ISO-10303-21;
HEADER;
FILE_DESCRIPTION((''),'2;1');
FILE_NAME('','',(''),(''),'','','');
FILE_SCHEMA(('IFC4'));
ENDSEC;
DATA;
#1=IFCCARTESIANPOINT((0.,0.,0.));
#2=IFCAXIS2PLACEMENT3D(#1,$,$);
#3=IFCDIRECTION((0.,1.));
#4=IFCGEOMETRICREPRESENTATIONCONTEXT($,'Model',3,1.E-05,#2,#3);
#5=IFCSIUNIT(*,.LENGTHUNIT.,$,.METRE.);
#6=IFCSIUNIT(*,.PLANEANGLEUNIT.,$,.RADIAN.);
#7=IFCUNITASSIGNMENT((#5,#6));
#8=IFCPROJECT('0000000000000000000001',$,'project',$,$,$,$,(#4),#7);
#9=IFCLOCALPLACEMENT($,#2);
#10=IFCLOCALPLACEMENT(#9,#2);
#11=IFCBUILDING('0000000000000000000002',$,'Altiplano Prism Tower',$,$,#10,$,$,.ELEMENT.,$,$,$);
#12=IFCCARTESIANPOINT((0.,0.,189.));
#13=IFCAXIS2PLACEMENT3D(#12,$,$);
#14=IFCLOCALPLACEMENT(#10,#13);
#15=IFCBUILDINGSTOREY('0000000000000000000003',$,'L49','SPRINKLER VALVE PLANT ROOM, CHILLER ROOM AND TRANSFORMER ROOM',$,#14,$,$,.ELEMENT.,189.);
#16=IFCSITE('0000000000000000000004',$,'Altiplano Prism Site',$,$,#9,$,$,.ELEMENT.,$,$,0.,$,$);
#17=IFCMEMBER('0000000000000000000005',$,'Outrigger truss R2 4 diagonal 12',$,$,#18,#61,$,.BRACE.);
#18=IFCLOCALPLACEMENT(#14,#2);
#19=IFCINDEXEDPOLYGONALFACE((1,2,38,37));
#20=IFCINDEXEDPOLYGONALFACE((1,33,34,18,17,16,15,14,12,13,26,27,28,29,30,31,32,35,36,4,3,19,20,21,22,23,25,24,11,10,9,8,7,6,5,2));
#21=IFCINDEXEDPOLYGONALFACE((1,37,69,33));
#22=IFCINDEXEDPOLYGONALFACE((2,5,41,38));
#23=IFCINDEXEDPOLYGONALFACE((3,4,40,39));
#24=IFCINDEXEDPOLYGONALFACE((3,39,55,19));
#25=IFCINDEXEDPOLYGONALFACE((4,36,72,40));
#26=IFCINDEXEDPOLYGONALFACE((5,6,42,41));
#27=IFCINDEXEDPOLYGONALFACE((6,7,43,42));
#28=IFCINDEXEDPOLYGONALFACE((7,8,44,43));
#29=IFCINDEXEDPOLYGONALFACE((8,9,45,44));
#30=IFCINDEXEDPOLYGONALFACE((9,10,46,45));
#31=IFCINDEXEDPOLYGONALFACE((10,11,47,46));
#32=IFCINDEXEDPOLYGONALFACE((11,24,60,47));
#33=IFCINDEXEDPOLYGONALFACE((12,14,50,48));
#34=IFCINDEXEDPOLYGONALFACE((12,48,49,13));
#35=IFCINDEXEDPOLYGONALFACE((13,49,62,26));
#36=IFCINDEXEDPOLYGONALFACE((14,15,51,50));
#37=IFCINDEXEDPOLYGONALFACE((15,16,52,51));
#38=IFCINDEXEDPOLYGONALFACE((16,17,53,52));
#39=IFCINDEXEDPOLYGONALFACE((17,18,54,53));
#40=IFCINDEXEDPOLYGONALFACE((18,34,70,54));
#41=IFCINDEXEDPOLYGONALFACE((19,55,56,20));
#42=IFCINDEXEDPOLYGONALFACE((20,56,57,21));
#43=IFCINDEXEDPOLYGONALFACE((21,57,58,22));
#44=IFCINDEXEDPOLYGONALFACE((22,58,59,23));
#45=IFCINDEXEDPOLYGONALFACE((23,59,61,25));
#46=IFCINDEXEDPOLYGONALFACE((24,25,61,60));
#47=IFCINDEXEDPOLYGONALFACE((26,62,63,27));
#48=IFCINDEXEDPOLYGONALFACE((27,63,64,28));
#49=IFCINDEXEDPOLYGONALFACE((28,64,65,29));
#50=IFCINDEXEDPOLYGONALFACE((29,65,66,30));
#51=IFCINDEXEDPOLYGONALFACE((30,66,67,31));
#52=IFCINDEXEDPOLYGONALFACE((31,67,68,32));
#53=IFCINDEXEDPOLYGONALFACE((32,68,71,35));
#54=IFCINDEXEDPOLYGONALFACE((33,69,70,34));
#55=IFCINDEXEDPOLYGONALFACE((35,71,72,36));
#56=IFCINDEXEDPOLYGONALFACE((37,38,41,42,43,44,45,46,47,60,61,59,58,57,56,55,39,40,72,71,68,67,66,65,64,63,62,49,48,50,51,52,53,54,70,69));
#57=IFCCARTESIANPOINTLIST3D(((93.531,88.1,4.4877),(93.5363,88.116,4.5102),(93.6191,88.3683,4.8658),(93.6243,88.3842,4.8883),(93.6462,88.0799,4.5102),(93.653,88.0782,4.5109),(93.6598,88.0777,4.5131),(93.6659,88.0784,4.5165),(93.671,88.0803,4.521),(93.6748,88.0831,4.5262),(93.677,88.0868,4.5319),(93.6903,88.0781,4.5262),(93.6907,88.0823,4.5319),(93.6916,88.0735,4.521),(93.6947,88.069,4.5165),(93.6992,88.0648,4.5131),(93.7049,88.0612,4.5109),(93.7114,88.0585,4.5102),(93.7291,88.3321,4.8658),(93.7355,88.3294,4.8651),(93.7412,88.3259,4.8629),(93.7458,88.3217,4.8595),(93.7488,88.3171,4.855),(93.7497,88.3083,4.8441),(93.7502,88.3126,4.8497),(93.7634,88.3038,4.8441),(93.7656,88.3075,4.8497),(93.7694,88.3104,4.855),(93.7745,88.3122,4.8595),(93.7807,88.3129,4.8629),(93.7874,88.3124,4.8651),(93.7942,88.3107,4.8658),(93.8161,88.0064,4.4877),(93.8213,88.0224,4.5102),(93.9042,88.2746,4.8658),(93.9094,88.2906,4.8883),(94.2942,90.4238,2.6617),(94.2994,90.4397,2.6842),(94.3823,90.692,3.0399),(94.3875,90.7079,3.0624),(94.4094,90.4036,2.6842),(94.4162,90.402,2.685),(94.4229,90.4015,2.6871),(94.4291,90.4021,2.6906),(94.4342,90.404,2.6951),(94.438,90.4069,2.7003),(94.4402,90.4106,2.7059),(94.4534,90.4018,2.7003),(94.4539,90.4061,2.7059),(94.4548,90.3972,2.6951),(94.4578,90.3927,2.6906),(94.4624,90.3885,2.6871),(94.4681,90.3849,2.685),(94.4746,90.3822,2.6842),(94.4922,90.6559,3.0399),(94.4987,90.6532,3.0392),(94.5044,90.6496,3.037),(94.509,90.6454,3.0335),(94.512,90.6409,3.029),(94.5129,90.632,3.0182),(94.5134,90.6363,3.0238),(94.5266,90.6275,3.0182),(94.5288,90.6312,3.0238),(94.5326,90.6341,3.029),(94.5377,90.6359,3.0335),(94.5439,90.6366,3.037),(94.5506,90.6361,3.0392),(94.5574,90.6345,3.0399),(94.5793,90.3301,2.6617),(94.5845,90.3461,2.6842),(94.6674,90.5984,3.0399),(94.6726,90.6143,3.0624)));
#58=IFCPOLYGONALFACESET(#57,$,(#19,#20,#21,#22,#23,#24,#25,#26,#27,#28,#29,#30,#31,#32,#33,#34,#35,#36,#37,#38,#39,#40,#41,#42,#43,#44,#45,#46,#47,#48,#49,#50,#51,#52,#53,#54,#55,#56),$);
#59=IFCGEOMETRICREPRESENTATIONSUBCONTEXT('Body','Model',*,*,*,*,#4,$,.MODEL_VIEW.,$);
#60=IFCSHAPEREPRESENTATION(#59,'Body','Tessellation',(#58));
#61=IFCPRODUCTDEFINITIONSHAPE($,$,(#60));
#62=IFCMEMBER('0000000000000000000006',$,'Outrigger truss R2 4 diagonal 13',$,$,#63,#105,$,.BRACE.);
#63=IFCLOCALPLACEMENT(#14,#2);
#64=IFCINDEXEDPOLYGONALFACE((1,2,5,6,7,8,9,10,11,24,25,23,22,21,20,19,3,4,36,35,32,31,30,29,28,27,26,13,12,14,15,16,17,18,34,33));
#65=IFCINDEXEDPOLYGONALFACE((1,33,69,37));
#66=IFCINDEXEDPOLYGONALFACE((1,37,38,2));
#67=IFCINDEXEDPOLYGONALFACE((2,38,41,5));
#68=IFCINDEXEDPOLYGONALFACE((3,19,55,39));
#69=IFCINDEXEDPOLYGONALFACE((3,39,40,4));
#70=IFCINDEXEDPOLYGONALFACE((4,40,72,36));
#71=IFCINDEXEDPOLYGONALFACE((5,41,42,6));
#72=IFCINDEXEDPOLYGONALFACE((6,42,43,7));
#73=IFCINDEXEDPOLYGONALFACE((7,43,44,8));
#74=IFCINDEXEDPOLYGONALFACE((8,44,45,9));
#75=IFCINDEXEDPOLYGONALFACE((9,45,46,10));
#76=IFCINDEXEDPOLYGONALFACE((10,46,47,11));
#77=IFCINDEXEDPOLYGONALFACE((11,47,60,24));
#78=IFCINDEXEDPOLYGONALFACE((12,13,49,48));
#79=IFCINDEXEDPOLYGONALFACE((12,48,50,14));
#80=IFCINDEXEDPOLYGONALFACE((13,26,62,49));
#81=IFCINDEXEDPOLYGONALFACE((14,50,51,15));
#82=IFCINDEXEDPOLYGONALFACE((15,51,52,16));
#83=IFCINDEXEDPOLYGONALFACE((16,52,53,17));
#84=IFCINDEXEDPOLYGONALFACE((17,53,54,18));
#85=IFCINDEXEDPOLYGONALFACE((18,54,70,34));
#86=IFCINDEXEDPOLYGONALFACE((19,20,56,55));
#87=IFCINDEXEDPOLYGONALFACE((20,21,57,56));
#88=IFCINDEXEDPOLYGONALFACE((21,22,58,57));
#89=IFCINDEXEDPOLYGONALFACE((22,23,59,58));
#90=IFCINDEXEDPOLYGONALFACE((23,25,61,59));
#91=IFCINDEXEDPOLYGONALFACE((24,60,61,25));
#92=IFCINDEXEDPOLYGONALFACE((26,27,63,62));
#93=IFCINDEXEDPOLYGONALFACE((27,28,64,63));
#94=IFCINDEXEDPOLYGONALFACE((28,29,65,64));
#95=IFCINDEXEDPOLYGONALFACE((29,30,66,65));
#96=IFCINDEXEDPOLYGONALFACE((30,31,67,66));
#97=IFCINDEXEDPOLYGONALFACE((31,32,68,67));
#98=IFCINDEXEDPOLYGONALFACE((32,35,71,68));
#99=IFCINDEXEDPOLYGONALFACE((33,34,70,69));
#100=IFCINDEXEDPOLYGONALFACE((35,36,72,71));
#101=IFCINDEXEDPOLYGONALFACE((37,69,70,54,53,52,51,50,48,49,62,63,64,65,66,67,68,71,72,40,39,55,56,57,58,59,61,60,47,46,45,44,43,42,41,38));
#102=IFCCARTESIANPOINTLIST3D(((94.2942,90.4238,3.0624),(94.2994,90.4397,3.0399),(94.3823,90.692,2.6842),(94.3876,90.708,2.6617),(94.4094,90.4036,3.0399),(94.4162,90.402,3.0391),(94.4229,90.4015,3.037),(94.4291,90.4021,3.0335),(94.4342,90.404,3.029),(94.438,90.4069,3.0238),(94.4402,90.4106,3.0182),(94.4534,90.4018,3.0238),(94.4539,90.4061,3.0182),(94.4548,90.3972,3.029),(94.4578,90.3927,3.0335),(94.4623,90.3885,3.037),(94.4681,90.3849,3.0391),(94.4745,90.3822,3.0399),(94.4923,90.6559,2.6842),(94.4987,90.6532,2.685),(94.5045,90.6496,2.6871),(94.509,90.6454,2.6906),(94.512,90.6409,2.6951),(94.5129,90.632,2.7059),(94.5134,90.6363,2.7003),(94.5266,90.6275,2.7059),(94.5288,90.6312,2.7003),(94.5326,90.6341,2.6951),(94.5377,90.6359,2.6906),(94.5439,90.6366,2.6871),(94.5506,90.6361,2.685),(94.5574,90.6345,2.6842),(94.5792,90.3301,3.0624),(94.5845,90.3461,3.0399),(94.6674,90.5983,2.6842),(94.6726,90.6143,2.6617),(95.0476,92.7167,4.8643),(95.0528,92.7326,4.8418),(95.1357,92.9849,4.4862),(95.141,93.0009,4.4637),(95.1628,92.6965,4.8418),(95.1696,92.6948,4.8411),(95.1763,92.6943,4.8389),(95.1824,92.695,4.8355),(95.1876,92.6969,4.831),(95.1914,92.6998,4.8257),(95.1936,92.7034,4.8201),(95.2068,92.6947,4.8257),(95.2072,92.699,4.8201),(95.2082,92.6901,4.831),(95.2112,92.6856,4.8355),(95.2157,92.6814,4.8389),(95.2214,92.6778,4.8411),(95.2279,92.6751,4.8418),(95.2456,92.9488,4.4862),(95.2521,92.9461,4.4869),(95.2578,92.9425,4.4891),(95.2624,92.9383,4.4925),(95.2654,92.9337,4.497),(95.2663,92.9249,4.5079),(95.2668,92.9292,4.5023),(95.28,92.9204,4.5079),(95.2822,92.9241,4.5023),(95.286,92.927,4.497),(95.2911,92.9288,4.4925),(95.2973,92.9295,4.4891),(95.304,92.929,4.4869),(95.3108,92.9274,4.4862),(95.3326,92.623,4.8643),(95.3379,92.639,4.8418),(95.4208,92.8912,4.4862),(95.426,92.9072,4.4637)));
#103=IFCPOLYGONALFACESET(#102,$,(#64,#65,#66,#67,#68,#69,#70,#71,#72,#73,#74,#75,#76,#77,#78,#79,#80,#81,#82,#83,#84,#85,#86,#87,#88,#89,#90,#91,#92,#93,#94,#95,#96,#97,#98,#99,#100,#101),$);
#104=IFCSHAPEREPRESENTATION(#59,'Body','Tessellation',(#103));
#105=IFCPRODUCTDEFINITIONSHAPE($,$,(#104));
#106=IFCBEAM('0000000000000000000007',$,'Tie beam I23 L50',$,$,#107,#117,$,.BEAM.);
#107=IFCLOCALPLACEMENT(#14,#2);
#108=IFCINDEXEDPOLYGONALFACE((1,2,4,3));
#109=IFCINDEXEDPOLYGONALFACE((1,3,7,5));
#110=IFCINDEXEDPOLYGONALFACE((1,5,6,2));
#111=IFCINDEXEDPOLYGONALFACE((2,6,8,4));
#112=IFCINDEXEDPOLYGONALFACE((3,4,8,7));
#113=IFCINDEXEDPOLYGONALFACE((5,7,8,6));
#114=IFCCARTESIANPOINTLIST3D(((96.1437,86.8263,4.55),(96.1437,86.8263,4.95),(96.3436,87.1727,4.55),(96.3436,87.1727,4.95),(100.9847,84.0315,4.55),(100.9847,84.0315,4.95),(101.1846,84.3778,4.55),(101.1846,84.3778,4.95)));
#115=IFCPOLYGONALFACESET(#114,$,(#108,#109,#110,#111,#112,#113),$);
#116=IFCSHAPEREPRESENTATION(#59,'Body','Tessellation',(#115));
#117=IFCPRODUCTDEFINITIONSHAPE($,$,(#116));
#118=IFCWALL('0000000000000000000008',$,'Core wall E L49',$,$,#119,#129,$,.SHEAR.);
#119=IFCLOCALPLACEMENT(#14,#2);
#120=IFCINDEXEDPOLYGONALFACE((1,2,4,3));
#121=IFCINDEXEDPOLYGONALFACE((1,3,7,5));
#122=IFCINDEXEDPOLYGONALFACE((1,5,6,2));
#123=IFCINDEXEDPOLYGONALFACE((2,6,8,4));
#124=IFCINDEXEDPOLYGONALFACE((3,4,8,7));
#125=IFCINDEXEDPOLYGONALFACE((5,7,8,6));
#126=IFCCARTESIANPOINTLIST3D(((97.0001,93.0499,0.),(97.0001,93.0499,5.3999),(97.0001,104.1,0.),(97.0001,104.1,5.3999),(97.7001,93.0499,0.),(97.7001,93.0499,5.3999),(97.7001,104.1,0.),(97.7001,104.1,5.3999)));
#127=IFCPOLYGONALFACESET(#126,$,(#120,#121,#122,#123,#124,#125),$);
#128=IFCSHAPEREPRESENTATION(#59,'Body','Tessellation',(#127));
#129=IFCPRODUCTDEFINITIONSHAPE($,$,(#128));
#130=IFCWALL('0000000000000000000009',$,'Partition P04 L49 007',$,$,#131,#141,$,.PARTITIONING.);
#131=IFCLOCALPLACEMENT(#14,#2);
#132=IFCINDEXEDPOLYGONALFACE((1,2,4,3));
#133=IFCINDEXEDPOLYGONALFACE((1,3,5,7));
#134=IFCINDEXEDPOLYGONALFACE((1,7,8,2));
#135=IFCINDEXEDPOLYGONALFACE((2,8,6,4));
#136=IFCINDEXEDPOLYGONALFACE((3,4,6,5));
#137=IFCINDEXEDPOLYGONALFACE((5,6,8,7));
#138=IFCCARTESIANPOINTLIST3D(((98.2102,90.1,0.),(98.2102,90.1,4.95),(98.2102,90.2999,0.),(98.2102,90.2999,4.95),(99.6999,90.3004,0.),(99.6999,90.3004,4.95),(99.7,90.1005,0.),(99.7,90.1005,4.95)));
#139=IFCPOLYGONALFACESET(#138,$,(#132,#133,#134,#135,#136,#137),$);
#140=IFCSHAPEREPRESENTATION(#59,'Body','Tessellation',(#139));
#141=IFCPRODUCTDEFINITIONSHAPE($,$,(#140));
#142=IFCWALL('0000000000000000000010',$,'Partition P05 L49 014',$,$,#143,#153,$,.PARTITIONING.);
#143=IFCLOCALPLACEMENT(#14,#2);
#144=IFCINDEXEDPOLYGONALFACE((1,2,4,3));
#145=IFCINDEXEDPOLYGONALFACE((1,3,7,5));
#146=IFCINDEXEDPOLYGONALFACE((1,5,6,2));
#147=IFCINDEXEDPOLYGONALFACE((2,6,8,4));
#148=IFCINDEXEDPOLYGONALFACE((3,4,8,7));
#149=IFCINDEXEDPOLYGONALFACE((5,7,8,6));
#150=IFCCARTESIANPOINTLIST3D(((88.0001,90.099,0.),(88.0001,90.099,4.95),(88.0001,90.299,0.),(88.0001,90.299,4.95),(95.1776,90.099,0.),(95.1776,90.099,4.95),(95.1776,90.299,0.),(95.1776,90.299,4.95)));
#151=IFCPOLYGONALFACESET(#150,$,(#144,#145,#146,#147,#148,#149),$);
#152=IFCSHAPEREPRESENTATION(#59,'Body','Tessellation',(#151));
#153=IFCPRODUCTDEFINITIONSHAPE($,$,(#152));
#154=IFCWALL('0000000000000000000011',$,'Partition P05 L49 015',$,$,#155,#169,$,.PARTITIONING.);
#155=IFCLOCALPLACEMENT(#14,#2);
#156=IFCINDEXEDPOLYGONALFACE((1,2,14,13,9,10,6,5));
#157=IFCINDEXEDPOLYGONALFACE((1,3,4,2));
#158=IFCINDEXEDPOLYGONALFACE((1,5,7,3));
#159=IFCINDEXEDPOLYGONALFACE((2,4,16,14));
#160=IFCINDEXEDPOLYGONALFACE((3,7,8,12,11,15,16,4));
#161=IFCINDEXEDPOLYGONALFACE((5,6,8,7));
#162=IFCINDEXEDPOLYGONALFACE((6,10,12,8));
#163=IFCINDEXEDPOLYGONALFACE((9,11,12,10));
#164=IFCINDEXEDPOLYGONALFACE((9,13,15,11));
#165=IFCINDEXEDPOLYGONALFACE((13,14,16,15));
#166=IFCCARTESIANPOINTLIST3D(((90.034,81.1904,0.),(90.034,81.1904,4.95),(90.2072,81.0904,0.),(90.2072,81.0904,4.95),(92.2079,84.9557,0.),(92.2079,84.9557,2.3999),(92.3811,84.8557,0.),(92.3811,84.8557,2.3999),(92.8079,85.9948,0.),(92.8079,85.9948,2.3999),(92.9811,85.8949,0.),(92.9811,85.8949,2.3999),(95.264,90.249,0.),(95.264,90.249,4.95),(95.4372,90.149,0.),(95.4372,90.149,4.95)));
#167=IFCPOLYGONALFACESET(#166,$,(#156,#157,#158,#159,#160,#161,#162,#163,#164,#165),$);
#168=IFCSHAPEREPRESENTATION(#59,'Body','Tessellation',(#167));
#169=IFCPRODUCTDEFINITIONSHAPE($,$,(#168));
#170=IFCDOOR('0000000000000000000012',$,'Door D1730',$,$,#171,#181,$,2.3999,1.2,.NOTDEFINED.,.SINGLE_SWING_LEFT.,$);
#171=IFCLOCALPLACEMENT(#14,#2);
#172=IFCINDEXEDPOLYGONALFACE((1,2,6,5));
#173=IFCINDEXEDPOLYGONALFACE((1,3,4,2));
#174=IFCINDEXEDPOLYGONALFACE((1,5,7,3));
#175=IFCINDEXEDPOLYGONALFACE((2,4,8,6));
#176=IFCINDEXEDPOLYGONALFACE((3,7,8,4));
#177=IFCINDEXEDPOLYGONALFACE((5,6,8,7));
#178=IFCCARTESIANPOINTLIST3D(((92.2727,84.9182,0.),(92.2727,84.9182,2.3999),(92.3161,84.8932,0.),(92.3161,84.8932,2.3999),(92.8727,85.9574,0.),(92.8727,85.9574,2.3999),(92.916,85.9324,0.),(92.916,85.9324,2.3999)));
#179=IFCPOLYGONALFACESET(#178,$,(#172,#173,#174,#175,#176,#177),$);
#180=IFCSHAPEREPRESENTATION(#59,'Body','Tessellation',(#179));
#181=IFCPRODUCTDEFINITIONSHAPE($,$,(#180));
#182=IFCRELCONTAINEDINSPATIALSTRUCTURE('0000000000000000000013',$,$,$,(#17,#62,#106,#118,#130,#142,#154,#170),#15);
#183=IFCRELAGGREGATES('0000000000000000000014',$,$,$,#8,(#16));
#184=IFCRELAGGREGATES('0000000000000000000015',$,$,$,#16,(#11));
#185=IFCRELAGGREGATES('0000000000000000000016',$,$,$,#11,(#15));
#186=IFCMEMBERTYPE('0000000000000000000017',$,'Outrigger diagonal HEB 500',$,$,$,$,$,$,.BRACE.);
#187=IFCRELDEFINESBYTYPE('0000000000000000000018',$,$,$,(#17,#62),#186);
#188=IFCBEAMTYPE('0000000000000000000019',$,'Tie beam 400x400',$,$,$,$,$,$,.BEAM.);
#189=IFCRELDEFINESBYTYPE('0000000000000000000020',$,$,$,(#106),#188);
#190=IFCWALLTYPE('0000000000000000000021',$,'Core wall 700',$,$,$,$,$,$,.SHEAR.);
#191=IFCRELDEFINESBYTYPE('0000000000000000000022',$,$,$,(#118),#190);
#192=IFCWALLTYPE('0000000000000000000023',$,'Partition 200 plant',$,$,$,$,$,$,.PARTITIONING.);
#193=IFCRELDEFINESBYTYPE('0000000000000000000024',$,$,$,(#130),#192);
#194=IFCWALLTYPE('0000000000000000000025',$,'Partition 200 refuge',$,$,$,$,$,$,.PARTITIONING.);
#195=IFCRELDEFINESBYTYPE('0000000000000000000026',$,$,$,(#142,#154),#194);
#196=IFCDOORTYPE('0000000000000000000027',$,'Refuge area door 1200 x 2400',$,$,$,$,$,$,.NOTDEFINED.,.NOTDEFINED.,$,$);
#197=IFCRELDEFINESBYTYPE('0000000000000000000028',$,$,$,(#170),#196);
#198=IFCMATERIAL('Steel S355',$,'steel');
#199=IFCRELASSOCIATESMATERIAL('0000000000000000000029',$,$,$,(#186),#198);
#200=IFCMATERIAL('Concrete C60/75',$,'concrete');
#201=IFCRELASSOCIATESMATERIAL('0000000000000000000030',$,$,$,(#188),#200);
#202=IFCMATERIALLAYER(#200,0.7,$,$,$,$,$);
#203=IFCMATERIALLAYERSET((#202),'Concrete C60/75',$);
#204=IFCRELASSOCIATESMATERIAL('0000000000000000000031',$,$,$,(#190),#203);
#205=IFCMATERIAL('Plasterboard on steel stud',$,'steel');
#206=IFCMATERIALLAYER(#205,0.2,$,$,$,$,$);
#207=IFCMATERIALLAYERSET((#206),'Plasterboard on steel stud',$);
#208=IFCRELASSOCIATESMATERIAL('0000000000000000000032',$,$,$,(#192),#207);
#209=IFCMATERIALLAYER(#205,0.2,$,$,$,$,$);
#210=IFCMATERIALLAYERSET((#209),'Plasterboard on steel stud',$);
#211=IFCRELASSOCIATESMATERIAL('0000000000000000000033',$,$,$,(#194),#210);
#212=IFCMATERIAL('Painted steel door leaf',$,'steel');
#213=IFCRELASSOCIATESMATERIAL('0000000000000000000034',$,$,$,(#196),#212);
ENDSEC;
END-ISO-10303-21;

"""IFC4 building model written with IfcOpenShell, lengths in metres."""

from ifc_helpers import new_model, si_unit, direction, frame, frame_2d, origin, origin_2d, place, context, subcontext, project, spatial, rectangle, i_section, extrude, material, layer, layer_set, material_profile, profile_set, type_object, element, fill, save


model = new_model("IFC4")

# Units and contexts
model_context = context("Model", 3, precision=1e-05, world=origin(), true_north=direction((0.0, 1.0)))
body_context = subcontext(model_context, "Body", "Model", "MODEL_VIEW")
ifc_project = project(units=[si_unit("LENGTHUNIT", "METRE"), si_unit("PLANEANGLEUNIT", "RADIAN")], contexts=[model_context])

# Site, building, storey
site_placement = place(None, origin())
site = spatial("IfcSite", under=ifc_project, at=site_placement, Name="Altiplano Prism Site", CompositionType="ELEMENT", RefElevation=0.0)
building_placement = place(site_placement, origin())
building = spatial("IfcBuilding", under=site, at=building_placement, Name="Altiplano Prism Tower", CompositionType="ELEMENT")
storey_placement = place(building_placement, frame((0.0, 0.0, 189.0)))
storey = spatial("IfcBuildingStorey", under=building, at=storey_placement, Name="L49", Description="SPRINKLER VALVE PLANT ROOM, CHILLER ROOM AND TRANSFORMER ROOM", CompositionType="ELEMENT", Elevation=189.0)

# Members
ifc_material_1 = material(Name="Steel S355", Category="steel")
ifc_material_profile_1 = material_profile(ifc_material_1, i_section(OverallWidth=0.3, OverallDepth=0.5, WebThickness=0.0144, FlangeThickness=0.0281, FilletRadius=0.0271, at=origin_2d()), Name="Outrigger diagonal HEB 500")
ifc_profile_set_1 = profile_set([ifc_material_profile_1], Name="Steel S355")
member_type_1 = type_object("IfcMemberType", Name="Outrigger diagonal HEB 500", PredefinedType="BRACE", material=ifc_profile_set_1)
member_1_placement = place(storey_placement, frame((93.7202, 88.1953, 4.688), z_axis=(0.25004, 0.761319, -0.598225), x_axis=(-0.950071, 0.312032, 0.0)))
element("IfcMember", 1, at=member_1_placement, inside=storey, type_object=member_type_1, Name="Outrigger truss R2 4 diagonal 12", PredefinedType="BRACE", context=body_context, shape_type="SweptSolid", body=[
    extrude(i_section(OverallWidth=0.3, OverallDepth=0.5, WebThickness=0.0144, FlangeThickness=0.0281, FilletRadius=0.0271, at=origin_2d()), origin(), (0.0, 0.0, 1.0), 3.0522),
])
member_2_placement = place(storey_placement, frame((94.4834, 90.519, 2.8621), z_axis=(0.250133, 0.761261, 0.598261), x_axis=(-0.95003, 0.312159, 0.0)))
element("IfcMember", 2, at=member_2_placement, inside=storey, type_object=member_type_1, Name="Outrigger truss R2 4 diagonal 13", PredefinedType="BRACE", context=body_context, shape_type="SweptSolid", body=[
    extrude(i_section(OverallWidth=0.3, OverallDepth=0.5, WebThickness=0.0144, FlangeThickness=0.0281, FilletRadius=0.0271, at=origin_2d()), origin(), (0.0, 0.0, 1.0), 3.012),
])

# Beam
ifc_material_2 = material(Name="Concrete C60/75", Category="concrete")
ifc_material_profile_2 = material_profile(ifc_material_2, rectangle(XDim=0.3999, YDim=0.3999, at=origin_2d()), Name="Tie beam 400x400")
ifc_profile_set_2 = profile_set([ifc_material_profile_2], Name="Concrete C60/75")
beam_type = type_object("IfcBeamType", Name="Tie beam 400x400", PredefinedType="BEAM", material=ifc_profile_set_2)
beam_placement = place(storey_placement, frame((96.2437, 86.9995, 4.75), z_axis=(0.866031, -0.499991, 0.0), x_axis=(0.499991, 0.866031, 0.0)))
element("IfcBeam", 3, at=beam_placement, inside=storey, type_object=beam_type, Name="Tie beam I23 L50", PredefinedType="BEAM", context=body_context, shape_type="SweptSolid", body=[
    extrude(rectangle(XDim=0.3999, YDim=0.3999, at=origin_2d()), origin(), (0.0, 0.0, 1.0), 5.5898),
])

# Walls
ifc_layer_1 = layer(ifc_material_2, 0.7)
ifc_layer_set_1 = layer_set([ifc_layer_1], Name="Concrete C60/75")
wall_type_1 = type_object("IfcWallType", Name="Core wall 700", PredefinedType="SHEAR", material=ifc_layer_set_1)
wall_1_placement = place(storey_placement, frame((97.3501, 93.05, 0.0), z_axis=(0.0, 0.0, 1.0), x_axis=(0.0, 1.0, 0.0)))
element("IfcWall", 4, at=wall_1_placement, inside=storey, type_object=wall_type_1, Name="Core wall E L49", PredefinedType="SHEAR", context=body_context, shape_type="SweptSolid", body=[
    extrude(rectangle(XDim=11.05, YDim=0.7, at=frame_2d((5.5249, 0.0))), origin(), (0.0, 0.0, 1.0), 5.3999),
])
ifc_material_3 = material(Name="Plasterboard on steel stud", Category="steel")
ifc_layer_2 = layer(ifc_material_3, 0.2)
ifc_layer_set_2 = layer_set([ifc_layer_2], Name="Plasterboard on steel stud")
wall_type_2 = type_object("IfcWallType", Name="Partition 200 plant", PredefinedType="PARTITIONING", material=ifc_layer_set_2)
wall_2_placement = place(storey_placement, frame((98.2102, 90.2, 0.0), z_axis=(0.0, 0.0, 1.0), x_axis=(1.0, 0.000328, 0.0)))
element("IfcWall", 5, at=wall_2_placement, inside=storey, type_object=wall_type_2, Name="Partition P04 L49 007", PredefinedType="PARTITIONING", context=body_context, shape_type="SweptSolid", body=[
    extrude(rectangle(XDim=1.4897, YDim=0.2, at=frame_2d((0.7449, 0.0))), origin(), (0.0, 0.0, 1.0), 4.95),
])
ifc_layer_3 = layer(ifc_material_3, 0.2)
ifc_layer_set_3 = layer_set([ifc_layer_3], Name="Plasterboard on steel stud")
wall_type_3 = type_object("IfcWallType", Name="Partition 200 refuge", PredefinedType="PARTITIONING", material=ifc_layer_set_3)
wall_3_placement = place(storey_placement, frame((88.0, 90.199, 0.0), z_axis=(0.0, 0.0, 1.0), x_axis=(1.0, 0.0, 0.0)))
element("IfcWall", 6, at=wall_3_placement, inside=storey, type_object=wall_type_3, Name="Partition P05 L49 014", PredefinedType="PARTITIONING", context=body_context, shape_type="SweptSolid", body=[
    extrude(rectangle(XDim=7.1775, YDim=0.2, at=frame_2d((3.5889, 0.0))), origin(), (0.0, 0.0, 1.0), 4.95),
])

# Wall, opening, door
wall_4_placement = place(storey_placement, frame((95.3506, 90.199, 0.0), z_axis=(0.0, 0.0, 1.0), x_axis=(-0.5, -0.866025, 0.0)))
wall_4 = element("IfcWall", 7, at=wall_4_placement, inside=storey, type_object=wall_type_3, Name="Partition P05 L49 015", PredefinedType="PARTITIONING", context=body_context, shape_type="SweptSolid", body=[
    extrude(rectangle(XDim=10.46, YDim=0.2, at=frame_2d((5.23, 0.0))), origin(), (0.0, 0.0, 1.0), 4.95),
])
opening_1_placement = place(wall_4_placement, frame((4.9121, 0.0, 0.0)))
opening_1 = element("IfcOpeningElement", 8, at=opening_1_placement, cuts=wall_4, PredefinedType="OPENING", context=body_context, shape_type="SweptSolid", body=[
    extrude(rectangle(XDim=1.2, YDim=2.3999, at=frame_2d((0.6001, 1.2))), frame((0.0, 0.1104, 0.0), z_axis=(0.0, -1.0, 0.0), x_axis=(1.0, 0.0, 0.0)), (0.0, 0.0, 1.0), 0.2209),
])
ifc_material_4 = material(Name="Painted steel door leaf", Category="steel")
door_type_1 = type_object("IfcDoorType", Name="Refuge area door 1200 x 2400", OperationType="NOTDEFINED", PredefinedType="NOTDEFINED", material=ifc_material_4)
door_1_placement = place(opening_1_placement, origin())
door_1 = element("IfcDoor", 9, at=door_1_placement, inside=storey, type_object=door_type_1, Name="Door D1730", OperationType="SINGLE_SWING_LEFT", OverallHeight=2.3999, OverallWidth=1.2, PredefinedType="NOTDEFINED", context=body_context, shape_type="SweptSolid", body=[
    extrude(rectangle(XDim=1.2, YDim=2.3999, at=frame_2d((0.6001, 1.2))), frame((0.0, 0.0249, 0.0), z_axis=(0.0, -1.0, 0.0), x_axis=(1.0, 0.0, 0.0)), (0.0, 0.0, 1.0), 0.05),
])
fill(opening_1, door_1)

save(model, "model.ifc")
